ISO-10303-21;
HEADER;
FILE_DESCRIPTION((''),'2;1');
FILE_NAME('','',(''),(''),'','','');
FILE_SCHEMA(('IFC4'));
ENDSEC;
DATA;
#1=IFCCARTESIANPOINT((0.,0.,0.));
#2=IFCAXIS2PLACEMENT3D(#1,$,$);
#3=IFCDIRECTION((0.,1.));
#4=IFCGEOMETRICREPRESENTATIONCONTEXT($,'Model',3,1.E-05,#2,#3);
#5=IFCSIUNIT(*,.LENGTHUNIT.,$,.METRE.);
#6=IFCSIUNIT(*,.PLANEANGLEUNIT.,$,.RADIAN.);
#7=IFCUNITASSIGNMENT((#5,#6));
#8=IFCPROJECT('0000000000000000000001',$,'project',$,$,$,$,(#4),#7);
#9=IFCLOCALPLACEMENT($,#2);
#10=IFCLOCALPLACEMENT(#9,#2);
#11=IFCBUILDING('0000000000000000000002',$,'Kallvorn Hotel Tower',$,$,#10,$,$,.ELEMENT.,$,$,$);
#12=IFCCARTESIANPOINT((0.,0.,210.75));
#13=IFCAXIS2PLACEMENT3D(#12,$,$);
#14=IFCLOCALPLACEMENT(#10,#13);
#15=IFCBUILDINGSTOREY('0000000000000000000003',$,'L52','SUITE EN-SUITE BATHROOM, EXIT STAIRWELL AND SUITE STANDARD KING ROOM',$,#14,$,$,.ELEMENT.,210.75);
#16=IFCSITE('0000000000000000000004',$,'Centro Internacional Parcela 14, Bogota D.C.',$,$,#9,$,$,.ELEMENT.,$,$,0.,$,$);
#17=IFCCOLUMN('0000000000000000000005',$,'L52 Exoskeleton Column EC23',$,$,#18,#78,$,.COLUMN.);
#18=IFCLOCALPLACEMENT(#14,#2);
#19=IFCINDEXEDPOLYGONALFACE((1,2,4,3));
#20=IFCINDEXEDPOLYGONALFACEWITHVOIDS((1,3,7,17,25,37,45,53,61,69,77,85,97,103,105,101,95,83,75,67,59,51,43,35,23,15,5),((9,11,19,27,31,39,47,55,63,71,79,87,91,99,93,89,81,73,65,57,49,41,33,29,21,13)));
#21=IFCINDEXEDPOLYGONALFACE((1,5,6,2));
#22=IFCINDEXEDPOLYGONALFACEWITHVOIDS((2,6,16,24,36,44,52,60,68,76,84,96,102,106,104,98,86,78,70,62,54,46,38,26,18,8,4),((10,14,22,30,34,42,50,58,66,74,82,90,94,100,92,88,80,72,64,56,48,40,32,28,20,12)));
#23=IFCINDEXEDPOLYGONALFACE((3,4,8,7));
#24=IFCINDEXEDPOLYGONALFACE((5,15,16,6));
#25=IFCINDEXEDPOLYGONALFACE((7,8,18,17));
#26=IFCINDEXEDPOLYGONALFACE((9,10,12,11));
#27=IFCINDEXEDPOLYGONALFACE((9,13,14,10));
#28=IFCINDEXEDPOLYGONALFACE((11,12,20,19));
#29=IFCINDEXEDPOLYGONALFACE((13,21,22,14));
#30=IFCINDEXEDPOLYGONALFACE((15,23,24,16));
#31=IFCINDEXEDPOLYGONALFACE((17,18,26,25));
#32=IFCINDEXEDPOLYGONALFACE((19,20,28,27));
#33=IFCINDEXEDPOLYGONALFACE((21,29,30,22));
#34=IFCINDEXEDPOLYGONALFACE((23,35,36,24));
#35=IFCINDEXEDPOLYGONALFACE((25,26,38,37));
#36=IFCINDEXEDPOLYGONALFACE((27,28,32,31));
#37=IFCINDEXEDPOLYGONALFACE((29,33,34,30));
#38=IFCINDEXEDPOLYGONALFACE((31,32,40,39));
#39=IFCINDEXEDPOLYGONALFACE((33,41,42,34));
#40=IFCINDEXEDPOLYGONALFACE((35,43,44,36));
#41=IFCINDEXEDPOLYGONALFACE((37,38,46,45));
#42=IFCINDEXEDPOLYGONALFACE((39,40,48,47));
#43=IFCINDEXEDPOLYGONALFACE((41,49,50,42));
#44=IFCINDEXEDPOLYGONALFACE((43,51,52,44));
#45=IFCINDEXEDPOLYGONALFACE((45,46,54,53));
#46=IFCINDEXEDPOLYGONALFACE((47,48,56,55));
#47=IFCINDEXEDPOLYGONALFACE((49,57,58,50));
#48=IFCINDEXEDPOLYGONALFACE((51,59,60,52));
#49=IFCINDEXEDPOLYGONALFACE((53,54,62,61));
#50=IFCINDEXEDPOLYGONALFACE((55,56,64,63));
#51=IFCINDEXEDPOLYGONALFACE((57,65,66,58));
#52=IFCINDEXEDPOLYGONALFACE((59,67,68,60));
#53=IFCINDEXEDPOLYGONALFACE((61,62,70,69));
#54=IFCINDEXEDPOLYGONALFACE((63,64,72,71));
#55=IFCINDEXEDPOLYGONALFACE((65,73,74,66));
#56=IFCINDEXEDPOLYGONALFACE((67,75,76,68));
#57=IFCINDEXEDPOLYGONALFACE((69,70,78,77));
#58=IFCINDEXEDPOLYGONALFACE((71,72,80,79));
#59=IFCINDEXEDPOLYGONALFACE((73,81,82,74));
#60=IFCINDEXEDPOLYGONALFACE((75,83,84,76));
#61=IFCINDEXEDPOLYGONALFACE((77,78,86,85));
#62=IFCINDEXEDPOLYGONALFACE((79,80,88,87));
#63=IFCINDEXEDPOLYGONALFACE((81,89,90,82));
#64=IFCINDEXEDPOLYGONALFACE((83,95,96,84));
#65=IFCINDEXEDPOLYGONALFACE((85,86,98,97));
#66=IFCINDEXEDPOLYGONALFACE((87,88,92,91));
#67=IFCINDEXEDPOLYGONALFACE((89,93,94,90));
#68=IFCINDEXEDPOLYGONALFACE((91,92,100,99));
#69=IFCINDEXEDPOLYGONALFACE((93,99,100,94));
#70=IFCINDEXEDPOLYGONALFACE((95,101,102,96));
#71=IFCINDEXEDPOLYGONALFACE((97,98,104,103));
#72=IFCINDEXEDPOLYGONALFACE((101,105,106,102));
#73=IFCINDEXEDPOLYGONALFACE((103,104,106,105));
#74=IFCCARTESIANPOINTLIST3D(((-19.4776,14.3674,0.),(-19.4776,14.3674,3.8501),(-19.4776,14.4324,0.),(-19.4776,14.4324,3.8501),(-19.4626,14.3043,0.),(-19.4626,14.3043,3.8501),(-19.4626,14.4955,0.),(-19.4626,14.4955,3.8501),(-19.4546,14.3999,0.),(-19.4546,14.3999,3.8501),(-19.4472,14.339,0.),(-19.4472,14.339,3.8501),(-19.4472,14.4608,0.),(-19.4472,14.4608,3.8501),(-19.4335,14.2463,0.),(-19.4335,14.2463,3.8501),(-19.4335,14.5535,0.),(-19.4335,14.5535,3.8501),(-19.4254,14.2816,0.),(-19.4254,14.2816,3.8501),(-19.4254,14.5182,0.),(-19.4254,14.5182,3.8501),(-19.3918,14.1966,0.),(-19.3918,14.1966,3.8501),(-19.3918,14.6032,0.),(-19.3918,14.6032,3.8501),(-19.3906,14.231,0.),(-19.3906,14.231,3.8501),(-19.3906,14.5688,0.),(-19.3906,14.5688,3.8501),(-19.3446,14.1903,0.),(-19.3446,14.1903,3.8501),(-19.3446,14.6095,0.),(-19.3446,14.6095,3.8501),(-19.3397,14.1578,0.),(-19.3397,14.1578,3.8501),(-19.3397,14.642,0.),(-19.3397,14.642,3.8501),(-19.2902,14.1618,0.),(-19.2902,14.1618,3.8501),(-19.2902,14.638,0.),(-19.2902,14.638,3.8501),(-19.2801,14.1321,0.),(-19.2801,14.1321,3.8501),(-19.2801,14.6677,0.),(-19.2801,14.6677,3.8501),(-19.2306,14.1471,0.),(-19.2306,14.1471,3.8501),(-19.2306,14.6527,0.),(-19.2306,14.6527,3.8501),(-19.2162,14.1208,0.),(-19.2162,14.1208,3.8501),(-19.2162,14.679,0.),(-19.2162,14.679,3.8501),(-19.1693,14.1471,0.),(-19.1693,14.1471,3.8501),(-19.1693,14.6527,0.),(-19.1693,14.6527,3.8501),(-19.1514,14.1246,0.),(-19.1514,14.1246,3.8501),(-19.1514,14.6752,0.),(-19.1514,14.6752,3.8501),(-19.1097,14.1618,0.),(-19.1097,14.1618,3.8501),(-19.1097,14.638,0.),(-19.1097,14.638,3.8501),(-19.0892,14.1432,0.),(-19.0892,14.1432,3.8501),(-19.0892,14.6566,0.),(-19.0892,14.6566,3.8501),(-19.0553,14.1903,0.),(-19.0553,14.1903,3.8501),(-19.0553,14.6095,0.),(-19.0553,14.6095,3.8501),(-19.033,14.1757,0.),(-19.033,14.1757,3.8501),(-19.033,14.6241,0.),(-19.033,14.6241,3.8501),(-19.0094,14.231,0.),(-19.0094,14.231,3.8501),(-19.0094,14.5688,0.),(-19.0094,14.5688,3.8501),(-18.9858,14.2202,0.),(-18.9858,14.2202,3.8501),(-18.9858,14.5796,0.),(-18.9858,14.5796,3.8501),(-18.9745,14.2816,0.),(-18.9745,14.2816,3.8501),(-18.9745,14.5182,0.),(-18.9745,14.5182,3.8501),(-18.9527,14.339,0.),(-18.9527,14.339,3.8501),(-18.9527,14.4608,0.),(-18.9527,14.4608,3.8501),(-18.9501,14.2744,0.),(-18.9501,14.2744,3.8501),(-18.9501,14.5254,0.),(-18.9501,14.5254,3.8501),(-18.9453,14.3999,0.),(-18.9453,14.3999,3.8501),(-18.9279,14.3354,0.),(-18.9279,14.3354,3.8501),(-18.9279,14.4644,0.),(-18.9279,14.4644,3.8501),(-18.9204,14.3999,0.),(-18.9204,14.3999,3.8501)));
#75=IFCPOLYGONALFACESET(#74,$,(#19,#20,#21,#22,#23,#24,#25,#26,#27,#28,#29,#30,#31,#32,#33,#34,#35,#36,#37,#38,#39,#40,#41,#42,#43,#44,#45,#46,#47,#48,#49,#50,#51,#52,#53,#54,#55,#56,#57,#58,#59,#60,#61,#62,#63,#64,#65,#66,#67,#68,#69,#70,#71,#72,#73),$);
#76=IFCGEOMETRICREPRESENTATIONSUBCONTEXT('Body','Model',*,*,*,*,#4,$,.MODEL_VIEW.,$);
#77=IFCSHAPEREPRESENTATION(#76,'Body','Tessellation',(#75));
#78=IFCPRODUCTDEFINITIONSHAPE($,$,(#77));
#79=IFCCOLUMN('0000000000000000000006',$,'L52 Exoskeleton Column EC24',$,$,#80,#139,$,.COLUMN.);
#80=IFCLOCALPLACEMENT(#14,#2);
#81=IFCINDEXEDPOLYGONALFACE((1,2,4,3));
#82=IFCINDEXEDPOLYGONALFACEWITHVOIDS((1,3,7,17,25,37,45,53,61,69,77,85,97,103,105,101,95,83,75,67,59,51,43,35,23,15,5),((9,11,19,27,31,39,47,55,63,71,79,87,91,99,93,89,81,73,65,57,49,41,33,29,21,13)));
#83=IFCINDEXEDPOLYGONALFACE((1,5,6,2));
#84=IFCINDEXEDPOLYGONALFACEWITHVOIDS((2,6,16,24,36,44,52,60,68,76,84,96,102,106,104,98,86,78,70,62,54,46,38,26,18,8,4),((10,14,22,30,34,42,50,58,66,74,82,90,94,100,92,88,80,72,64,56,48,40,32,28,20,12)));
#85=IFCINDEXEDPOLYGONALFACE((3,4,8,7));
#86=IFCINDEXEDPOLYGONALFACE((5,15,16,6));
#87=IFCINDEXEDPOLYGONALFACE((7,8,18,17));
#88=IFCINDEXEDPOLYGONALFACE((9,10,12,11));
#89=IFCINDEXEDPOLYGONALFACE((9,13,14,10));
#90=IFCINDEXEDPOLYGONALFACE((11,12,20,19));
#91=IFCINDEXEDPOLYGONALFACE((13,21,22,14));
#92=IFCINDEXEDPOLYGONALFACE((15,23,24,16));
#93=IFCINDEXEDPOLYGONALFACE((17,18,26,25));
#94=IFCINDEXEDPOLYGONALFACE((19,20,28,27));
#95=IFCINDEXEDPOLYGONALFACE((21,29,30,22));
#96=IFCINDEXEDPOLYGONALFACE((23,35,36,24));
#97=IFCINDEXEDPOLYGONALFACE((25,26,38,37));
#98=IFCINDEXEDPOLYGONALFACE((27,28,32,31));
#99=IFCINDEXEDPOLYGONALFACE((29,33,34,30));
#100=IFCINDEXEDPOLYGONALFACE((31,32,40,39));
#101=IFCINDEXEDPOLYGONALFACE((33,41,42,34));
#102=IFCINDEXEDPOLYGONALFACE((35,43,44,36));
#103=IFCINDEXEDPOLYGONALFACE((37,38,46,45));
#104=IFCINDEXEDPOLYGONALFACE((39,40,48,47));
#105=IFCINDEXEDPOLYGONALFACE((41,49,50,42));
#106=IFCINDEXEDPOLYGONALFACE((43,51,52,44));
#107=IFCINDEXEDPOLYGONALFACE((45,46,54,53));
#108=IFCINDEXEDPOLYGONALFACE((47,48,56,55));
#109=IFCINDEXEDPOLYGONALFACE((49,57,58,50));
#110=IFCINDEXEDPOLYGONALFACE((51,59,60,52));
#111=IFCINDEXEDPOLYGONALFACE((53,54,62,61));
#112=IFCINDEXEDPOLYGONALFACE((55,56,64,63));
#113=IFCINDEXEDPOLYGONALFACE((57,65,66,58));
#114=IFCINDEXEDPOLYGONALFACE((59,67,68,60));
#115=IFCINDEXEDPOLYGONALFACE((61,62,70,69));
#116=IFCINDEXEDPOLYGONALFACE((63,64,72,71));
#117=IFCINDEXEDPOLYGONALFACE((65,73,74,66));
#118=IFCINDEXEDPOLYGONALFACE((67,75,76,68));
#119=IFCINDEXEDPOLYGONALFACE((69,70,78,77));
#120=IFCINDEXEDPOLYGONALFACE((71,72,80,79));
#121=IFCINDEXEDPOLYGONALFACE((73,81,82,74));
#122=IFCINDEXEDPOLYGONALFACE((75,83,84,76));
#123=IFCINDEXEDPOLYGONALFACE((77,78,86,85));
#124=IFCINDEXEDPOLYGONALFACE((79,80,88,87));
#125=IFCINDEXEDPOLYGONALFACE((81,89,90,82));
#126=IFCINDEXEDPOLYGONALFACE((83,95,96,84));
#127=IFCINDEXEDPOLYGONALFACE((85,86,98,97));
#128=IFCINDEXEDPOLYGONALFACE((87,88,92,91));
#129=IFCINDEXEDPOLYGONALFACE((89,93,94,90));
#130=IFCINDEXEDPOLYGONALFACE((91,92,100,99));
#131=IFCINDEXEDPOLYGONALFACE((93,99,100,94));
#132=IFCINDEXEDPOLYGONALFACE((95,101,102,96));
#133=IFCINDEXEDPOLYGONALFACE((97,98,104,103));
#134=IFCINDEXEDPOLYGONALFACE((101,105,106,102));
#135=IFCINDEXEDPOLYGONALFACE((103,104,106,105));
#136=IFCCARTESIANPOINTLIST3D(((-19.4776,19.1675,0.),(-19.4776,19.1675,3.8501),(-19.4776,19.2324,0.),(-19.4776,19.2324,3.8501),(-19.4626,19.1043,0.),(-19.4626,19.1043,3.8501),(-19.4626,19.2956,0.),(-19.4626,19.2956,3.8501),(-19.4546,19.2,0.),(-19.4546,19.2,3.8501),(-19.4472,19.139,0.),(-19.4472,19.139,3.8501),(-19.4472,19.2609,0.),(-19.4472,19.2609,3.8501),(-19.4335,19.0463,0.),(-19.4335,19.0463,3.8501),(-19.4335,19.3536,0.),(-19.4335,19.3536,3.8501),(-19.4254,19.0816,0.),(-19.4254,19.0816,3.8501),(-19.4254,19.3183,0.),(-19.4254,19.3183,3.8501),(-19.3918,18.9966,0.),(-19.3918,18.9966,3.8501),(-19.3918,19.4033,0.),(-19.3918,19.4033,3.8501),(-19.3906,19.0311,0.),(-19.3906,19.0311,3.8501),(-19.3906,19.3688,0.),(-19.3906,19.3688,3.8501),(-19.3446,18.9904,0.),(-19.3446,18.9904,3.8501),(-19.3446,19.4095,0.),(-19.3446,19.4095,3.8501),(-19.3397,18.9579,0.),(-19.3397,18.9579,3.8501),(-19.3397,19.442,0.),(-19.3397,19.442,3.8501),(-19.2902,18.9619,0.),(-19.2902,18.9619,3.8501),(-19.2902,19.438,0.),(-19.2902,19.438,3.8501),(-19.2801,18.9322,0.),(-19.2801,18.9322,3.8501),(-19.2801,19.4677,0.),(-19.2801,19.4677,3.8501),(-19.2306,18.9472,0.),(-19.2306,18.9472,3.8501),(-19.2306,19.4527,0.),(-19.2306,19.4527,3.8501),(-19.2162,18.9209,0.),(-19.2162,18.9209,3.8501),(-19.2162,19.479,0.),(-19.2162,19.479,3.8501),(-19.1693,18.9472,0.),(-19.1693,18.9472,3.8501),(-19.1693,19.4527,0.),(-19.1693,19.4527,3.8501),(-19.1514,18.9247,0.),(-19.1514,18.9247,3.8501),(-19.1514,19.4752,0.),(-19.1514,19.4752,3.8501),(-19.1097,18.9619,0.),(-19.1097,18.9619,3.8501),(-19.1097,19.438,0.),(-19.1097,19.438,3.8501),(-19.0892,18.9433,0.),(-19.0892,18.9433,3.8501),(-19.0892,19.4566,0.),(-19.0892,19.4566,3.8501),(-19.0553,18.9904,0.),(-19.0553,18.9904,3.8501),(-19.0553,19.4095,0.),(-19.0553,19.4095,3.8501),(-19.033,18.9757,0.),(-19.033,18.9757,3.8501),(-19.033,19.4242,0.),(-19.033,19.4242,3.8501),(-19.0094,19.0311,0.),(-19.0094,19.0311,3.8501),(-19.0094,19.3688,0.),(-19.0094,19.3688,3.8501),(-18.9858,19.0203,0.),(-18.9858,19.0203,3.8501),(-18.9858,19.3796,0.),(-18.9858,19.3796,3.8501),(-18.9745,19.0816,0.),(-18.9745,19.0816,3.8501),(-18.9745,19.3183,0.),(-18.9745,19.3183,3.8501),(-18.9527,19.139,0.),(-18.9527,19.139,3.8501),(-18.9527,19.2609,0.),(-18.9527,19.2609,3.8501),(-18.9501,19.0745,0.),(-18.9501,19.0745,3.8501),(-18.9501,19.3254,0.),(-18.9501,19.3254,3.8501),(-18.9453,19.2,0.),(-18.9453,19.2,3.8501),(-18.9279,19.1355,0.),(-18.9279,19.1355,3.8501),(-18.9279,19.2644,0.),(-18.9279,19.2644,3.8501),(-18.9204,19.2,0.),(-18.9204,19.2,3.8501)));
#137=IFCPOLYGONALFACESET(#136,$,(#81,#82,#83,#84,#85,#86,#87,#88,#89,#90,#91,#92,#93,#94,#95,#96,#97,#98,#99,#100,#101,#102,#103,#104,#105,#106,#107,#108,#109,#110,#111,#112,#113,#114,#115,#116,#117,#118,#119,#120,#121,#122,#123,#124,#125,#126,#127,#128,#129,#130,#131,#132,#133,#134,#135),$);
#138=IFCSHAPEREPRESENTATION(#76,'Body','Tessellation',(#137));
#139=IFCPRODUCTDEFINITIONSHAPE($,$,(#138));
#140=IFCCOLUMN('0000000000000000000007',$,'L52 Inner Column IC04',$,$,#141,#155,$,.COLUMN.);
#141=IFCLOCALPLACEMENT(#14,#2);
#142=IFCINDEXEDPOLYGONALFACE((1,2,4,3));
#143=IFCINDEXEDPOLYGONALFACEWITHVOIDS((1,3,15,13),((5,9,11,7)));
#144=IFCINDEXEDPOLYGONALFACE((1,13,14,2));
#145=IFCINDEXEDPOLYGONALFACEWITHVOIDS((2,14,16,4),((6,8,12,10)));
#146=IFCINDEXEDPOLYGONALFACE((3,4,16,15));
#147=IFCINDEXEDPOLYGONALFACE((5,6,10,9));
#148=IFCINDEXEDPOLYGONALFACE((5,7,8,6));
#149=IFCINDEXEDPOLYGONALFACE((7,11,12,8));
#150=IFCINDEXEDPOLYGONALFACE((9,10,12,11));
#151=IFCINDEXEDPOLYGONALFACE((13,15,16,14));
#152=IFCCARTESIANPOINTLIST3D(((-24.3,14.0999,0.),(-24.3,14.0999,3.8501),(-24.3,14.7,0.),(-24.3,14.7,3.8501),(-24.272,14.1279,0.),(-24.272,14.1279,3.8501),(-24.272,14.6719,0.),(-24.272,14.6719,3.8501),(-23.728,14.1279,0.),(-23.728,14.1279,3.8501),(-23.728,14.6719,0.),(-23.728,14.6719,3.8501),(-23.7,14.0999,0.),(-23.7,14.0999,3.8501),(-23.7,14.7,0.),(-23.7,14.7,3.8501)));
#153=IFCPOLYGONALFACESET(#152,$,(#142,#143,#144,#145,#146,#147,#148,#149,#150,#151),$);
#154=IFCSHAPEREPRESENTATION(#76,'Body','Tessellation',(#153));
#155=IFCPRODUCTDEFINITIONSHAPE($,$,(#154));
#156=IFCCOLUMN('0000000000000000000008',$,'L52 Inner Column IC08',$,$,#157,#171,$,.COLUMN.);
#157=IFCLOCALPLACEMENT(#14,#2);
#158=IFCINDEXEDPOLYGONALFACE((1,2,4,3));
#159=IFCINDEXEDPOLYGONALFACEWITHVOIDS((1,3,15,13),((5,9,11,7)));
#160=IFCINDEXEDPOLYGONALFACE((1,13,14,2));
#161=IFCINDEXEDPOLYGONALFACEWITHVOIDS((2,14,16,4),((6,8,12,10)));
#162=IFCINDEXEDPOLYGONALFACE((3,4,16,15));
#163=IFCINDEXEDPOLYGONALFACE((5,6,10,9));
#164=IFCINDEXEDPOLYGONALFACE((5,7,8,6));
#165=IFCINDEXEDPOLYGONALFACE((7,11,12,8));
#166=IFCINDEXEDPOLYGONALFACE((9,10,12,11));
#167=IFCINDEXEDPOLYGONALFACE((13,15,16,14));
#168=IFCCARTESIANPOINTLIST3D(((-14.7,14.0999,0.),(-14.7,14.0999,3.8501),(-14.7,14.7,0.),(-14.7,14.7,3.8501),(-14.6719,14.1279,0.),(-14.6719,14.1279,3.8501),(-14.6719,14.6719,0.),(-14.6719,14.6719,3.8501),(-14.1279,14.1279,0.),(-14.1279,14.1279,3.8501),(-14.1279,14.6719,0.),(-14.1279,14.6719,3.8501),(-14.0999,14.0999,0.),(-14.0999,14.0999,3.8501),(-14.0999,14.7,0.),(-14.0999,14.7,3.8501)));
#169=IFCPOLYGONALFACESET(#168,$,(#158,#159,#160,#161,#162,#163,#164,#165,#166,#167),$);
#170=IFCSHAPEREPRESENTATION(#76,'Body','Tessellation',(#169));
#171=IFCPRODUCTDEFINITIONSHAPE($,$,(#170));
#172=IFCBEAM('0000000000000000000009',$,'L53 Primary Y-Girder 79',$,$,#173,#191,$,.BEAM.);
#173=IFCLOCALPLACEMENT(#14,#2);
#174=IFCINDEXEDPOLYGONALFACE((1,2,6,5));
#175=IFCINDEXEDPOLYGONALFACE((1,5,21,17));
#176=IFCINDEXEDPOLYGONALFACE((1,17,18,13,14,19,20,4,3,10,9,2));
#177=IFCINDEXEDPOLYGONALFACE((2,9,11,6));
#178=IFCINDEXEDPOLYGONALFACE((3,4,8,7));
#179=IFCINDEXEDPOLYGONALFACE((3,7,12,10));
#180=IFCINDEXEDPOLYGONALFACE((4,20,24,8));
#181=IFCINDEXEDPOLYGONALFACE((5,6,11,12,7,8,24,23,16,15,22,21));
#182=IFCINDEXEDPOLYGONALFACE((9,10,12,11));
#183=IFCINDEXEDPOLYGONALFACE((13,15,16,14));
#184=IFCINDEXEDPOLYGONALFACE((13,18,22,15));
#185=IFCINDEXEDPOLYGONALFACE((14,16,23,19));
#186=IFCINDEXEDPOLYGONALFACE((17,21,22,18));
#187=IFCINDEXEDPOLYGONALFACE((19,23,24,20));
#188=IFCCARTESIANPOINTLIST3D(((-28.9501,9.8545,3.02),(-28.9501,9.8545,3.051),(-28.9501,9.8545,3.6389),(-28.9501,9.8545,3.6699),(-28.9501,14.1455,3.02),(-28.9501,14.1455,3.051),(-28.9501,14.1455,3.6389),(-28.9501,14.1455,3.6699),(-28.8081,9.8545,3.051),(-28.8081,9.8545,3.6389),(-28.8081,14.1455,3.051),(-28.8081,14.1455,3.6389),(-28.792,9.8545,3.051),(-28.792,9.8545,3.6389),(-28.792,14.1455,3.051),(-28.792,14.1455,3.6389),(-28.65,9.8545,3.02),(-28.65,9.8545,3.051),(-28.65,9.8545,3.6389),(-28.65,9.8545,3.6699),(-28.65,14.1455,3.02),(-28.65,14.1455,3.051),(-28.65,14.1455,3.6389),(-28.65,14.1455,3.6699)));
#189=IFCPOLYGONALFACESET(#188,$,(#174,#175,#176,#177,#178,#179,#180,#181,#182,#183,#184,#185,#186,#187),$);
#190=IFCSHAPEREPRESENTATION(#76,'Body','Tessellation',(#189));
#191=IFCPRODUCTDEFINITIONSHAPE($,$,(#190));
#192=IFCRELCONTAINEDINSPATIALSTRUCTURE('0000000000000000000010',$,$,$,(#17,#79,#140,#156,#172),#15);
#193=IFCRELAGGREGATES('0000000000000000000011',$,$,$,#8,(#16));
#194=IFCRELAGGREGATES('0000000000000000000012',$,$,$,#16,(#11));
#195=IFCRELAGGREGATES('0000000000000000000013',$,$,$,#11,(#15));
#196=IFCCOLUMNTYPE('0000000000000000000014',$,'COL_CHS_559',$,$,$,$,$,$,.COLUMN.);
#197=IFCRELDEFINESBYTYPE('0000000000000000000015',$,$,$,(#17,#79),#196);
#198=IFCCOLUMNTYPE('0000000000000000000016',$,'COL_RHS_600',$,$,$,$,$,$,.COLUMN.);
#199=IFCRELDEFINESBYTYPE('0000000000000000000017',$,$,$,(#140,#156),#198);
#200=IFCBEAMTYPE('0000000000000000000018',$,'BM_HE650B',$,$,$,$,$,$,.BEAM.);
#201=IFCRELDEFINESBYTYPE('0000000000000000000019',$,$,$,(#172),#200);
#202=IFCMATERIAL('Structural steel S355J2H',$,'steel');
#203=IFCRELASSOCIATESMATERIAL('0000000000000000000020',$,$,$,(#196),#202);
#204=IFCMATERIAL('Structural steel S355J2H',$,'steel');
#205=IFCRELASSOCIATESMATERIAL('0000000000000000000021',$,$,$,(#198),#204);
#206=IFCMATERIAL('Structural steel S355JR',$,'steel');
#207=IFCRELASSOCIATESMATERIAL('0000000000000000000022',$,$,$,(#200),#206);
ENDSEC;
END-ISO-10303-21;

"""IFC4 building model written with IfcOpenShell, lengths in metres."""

from ifc_helpers import new_model, si_unit, direction, frame, origin, origin_2d, place, context, subcontext, project, spatial, hollow_rectangle, hollow_circle, i_section, extrude, material, material_profile, profile_set, type_object, element, save


model = new_model("IFC4")

# Units and contexts
model_context = context("Model", 3, precision=1e-05, world=origin(), true_north=direction((0.0, 1.0)))
body_context = subcontext(model_context, "Body", "Model", "MODEL_VIEW")
ifc_project = project(units=[si_unit("LENGTHUNIT", "METRE"), si_unit("PLANEANGLEUNIT", "RADIAN")], contexts=[model_context])

# Site, building, storey
site_placement = place(None, origin())
site = spatial("IfcSite", under=ifc_project, at=site_placement, Name="Centro Internacional Parcela 14, Bogota D.C.", CompositionType="ELEMENT", RefElevation=0.0)
building_placement = place(site_placement, origin())
building = spatial("IfcBuilding", under=site, at=building_placement, Name="Kallvorn Hotel Tower", CompositionType="ELEMENT")
storey_placement = place(building_placement, frame((0.0, 0.0, 210.75)))
storey = spatial("IfcBuildingStorey", under=building, at=storey_placement, Name="L52", Description="SUITE EN-SUITE BATHROOM, EXIT STAIRWELL AND SUITE STANDARD KING ROOM", CompositionType="ELEMENT", Elevation=210.75)

# Columns
ifc_material_1 = material(Name="Structural steel S355J2H", Category="steel")
ifc_material_profile_1 = material_profile(ifc_material_1, hollow_circle(Radius=0.2795, WallThickness=0.0249, at=origin_2d()), Name="CHS 559x25")
ifc_profile_set_1 = profile_set([ifc_material_profile_1], Name="Structural steel S355J2H")
column_type_1 = type_object("IfcColumnType", Name="COL_CHS_559", PredefinedType="COLUMN", material=ifc_profile_set_1)
for number, where, z_axis, x_axis, name in (
    (1, (-19.2, 14.3999, 0.0), (0.0, 0.0, 1.0), (1.0, 0.0, 0.0), "L52 Exoskeleton Column EC23"),
    (2, (-19.2, 19.2, 0.0), (0.0, 0.0, 1.0), (1.0, 0.0, 0.0), "L52 Exoskeleton Column EC24"),
):
    element("IfcColumn", number, at=place(storey_placement, frame(where, z_axis=z_axis, x_axis=x_axis)), inside=storey, type_object=column_type_1, Name=name, PredefinedType="COLUMN", context=body_context, shape_type="SweptSolid", body=[
        extrude(hollow_circle(Radius=0.2795, WallThickness=0.0249, at=origin_2d()), origin(), (0.0, 0.0, 1.0), 3.8501),
    ])
ifc_material_2 = material(Name="Structural steel S355J2H", Category="steel")
ifc_material_profile_2 = material_profile(ifc_material_2, hollow_rectangle(XDim=0.6001, YDim=0.6001, WallThickness=0.0281, at=origin_2d()), Name="RHS 600x600x28")
ifc_profile_set_2 = profile_set([ifc_material_profile_2], Name="Structural steel S355J2H")
column_type_2 = type_object("IfcColumnType", Name="COL_RHS_600", PredefinedType="COLUMN", material=ifc_profile_set_2)
for number, where, z_axis, x_axis, name in (
    (3, (-24.0, 14.3999, 0.0), (0.0, 0.0, 1.0), (1.0, 0.0, 0.0), "L52 Inner Column IC04"),
    (4, (-14.3999, 14.3999, 0.0), (0.0, 0.0, 1.0), (1.0, 0.0, 0.0), "L52 Inner Column IC08"),
):
    element("IfcColumn", number, at=place(storey_placement, frame(where, z_axis=z_axis, x_axis=x_axis)), inside=storey, type_object=column_type_2, Name=name, PredefinedType="COLUMN", context=body_context, shape_type="SweptSolid", body=[
        extrude(hollow_rectangle(XDim=0.6001, YDim=0.6001, WallThickness=0.0281, at=origin_2d()), origin(), (0.0, 0.0, 1.0), 3.8501),
    ])

# Beam
ifc_material_3 = material(Name="Structural steel S355JR", Category="steel")
ifc_material_profile_3 = material_profile(ifc_material_3, i_section(OverallWidth=0.3, OverallDepth=0.6499, WebThickness=0.0161, FlangeThickness=0.031, at=origin_2d()), Name="HE 650 B")
ifc_profile_set_3 = profile_set([ifc_material_profile_3], Name="Structural steel S355JR")
beam_type_1 = type_object("IfcBeamType", Name="BM_HE650B", PredefinedType="BEAM", material=ifc_profile_set_3)
for number, where, z_axis, x_axis, name in (
    (5, (-28.8, 9.8545, 3.345), (0.0, 1.0, 0.0), (-1.0, 0.0, 0.0), "L53 Primary Y-Girder 79"),
):
    element("IfcBeam", number, at=place(storey_placement, frame(where, z_axis=z_axis, x_axis=x_axis)), inside=storey, type_object=beam_type_1, Name=name, PredefinedType="BEAM", context=body_context, shape_type="SweptSolid", body=[
        extrude(i_section(OverallWidth=0.3, OverallDepth=0.6499, WebThickness=0.0161, FlangeThickness=0.031, at=origin_2d()), origin(), (0.0, 0.0, 1.0), 4.291),
    ])

save(model, "model.ifc")
